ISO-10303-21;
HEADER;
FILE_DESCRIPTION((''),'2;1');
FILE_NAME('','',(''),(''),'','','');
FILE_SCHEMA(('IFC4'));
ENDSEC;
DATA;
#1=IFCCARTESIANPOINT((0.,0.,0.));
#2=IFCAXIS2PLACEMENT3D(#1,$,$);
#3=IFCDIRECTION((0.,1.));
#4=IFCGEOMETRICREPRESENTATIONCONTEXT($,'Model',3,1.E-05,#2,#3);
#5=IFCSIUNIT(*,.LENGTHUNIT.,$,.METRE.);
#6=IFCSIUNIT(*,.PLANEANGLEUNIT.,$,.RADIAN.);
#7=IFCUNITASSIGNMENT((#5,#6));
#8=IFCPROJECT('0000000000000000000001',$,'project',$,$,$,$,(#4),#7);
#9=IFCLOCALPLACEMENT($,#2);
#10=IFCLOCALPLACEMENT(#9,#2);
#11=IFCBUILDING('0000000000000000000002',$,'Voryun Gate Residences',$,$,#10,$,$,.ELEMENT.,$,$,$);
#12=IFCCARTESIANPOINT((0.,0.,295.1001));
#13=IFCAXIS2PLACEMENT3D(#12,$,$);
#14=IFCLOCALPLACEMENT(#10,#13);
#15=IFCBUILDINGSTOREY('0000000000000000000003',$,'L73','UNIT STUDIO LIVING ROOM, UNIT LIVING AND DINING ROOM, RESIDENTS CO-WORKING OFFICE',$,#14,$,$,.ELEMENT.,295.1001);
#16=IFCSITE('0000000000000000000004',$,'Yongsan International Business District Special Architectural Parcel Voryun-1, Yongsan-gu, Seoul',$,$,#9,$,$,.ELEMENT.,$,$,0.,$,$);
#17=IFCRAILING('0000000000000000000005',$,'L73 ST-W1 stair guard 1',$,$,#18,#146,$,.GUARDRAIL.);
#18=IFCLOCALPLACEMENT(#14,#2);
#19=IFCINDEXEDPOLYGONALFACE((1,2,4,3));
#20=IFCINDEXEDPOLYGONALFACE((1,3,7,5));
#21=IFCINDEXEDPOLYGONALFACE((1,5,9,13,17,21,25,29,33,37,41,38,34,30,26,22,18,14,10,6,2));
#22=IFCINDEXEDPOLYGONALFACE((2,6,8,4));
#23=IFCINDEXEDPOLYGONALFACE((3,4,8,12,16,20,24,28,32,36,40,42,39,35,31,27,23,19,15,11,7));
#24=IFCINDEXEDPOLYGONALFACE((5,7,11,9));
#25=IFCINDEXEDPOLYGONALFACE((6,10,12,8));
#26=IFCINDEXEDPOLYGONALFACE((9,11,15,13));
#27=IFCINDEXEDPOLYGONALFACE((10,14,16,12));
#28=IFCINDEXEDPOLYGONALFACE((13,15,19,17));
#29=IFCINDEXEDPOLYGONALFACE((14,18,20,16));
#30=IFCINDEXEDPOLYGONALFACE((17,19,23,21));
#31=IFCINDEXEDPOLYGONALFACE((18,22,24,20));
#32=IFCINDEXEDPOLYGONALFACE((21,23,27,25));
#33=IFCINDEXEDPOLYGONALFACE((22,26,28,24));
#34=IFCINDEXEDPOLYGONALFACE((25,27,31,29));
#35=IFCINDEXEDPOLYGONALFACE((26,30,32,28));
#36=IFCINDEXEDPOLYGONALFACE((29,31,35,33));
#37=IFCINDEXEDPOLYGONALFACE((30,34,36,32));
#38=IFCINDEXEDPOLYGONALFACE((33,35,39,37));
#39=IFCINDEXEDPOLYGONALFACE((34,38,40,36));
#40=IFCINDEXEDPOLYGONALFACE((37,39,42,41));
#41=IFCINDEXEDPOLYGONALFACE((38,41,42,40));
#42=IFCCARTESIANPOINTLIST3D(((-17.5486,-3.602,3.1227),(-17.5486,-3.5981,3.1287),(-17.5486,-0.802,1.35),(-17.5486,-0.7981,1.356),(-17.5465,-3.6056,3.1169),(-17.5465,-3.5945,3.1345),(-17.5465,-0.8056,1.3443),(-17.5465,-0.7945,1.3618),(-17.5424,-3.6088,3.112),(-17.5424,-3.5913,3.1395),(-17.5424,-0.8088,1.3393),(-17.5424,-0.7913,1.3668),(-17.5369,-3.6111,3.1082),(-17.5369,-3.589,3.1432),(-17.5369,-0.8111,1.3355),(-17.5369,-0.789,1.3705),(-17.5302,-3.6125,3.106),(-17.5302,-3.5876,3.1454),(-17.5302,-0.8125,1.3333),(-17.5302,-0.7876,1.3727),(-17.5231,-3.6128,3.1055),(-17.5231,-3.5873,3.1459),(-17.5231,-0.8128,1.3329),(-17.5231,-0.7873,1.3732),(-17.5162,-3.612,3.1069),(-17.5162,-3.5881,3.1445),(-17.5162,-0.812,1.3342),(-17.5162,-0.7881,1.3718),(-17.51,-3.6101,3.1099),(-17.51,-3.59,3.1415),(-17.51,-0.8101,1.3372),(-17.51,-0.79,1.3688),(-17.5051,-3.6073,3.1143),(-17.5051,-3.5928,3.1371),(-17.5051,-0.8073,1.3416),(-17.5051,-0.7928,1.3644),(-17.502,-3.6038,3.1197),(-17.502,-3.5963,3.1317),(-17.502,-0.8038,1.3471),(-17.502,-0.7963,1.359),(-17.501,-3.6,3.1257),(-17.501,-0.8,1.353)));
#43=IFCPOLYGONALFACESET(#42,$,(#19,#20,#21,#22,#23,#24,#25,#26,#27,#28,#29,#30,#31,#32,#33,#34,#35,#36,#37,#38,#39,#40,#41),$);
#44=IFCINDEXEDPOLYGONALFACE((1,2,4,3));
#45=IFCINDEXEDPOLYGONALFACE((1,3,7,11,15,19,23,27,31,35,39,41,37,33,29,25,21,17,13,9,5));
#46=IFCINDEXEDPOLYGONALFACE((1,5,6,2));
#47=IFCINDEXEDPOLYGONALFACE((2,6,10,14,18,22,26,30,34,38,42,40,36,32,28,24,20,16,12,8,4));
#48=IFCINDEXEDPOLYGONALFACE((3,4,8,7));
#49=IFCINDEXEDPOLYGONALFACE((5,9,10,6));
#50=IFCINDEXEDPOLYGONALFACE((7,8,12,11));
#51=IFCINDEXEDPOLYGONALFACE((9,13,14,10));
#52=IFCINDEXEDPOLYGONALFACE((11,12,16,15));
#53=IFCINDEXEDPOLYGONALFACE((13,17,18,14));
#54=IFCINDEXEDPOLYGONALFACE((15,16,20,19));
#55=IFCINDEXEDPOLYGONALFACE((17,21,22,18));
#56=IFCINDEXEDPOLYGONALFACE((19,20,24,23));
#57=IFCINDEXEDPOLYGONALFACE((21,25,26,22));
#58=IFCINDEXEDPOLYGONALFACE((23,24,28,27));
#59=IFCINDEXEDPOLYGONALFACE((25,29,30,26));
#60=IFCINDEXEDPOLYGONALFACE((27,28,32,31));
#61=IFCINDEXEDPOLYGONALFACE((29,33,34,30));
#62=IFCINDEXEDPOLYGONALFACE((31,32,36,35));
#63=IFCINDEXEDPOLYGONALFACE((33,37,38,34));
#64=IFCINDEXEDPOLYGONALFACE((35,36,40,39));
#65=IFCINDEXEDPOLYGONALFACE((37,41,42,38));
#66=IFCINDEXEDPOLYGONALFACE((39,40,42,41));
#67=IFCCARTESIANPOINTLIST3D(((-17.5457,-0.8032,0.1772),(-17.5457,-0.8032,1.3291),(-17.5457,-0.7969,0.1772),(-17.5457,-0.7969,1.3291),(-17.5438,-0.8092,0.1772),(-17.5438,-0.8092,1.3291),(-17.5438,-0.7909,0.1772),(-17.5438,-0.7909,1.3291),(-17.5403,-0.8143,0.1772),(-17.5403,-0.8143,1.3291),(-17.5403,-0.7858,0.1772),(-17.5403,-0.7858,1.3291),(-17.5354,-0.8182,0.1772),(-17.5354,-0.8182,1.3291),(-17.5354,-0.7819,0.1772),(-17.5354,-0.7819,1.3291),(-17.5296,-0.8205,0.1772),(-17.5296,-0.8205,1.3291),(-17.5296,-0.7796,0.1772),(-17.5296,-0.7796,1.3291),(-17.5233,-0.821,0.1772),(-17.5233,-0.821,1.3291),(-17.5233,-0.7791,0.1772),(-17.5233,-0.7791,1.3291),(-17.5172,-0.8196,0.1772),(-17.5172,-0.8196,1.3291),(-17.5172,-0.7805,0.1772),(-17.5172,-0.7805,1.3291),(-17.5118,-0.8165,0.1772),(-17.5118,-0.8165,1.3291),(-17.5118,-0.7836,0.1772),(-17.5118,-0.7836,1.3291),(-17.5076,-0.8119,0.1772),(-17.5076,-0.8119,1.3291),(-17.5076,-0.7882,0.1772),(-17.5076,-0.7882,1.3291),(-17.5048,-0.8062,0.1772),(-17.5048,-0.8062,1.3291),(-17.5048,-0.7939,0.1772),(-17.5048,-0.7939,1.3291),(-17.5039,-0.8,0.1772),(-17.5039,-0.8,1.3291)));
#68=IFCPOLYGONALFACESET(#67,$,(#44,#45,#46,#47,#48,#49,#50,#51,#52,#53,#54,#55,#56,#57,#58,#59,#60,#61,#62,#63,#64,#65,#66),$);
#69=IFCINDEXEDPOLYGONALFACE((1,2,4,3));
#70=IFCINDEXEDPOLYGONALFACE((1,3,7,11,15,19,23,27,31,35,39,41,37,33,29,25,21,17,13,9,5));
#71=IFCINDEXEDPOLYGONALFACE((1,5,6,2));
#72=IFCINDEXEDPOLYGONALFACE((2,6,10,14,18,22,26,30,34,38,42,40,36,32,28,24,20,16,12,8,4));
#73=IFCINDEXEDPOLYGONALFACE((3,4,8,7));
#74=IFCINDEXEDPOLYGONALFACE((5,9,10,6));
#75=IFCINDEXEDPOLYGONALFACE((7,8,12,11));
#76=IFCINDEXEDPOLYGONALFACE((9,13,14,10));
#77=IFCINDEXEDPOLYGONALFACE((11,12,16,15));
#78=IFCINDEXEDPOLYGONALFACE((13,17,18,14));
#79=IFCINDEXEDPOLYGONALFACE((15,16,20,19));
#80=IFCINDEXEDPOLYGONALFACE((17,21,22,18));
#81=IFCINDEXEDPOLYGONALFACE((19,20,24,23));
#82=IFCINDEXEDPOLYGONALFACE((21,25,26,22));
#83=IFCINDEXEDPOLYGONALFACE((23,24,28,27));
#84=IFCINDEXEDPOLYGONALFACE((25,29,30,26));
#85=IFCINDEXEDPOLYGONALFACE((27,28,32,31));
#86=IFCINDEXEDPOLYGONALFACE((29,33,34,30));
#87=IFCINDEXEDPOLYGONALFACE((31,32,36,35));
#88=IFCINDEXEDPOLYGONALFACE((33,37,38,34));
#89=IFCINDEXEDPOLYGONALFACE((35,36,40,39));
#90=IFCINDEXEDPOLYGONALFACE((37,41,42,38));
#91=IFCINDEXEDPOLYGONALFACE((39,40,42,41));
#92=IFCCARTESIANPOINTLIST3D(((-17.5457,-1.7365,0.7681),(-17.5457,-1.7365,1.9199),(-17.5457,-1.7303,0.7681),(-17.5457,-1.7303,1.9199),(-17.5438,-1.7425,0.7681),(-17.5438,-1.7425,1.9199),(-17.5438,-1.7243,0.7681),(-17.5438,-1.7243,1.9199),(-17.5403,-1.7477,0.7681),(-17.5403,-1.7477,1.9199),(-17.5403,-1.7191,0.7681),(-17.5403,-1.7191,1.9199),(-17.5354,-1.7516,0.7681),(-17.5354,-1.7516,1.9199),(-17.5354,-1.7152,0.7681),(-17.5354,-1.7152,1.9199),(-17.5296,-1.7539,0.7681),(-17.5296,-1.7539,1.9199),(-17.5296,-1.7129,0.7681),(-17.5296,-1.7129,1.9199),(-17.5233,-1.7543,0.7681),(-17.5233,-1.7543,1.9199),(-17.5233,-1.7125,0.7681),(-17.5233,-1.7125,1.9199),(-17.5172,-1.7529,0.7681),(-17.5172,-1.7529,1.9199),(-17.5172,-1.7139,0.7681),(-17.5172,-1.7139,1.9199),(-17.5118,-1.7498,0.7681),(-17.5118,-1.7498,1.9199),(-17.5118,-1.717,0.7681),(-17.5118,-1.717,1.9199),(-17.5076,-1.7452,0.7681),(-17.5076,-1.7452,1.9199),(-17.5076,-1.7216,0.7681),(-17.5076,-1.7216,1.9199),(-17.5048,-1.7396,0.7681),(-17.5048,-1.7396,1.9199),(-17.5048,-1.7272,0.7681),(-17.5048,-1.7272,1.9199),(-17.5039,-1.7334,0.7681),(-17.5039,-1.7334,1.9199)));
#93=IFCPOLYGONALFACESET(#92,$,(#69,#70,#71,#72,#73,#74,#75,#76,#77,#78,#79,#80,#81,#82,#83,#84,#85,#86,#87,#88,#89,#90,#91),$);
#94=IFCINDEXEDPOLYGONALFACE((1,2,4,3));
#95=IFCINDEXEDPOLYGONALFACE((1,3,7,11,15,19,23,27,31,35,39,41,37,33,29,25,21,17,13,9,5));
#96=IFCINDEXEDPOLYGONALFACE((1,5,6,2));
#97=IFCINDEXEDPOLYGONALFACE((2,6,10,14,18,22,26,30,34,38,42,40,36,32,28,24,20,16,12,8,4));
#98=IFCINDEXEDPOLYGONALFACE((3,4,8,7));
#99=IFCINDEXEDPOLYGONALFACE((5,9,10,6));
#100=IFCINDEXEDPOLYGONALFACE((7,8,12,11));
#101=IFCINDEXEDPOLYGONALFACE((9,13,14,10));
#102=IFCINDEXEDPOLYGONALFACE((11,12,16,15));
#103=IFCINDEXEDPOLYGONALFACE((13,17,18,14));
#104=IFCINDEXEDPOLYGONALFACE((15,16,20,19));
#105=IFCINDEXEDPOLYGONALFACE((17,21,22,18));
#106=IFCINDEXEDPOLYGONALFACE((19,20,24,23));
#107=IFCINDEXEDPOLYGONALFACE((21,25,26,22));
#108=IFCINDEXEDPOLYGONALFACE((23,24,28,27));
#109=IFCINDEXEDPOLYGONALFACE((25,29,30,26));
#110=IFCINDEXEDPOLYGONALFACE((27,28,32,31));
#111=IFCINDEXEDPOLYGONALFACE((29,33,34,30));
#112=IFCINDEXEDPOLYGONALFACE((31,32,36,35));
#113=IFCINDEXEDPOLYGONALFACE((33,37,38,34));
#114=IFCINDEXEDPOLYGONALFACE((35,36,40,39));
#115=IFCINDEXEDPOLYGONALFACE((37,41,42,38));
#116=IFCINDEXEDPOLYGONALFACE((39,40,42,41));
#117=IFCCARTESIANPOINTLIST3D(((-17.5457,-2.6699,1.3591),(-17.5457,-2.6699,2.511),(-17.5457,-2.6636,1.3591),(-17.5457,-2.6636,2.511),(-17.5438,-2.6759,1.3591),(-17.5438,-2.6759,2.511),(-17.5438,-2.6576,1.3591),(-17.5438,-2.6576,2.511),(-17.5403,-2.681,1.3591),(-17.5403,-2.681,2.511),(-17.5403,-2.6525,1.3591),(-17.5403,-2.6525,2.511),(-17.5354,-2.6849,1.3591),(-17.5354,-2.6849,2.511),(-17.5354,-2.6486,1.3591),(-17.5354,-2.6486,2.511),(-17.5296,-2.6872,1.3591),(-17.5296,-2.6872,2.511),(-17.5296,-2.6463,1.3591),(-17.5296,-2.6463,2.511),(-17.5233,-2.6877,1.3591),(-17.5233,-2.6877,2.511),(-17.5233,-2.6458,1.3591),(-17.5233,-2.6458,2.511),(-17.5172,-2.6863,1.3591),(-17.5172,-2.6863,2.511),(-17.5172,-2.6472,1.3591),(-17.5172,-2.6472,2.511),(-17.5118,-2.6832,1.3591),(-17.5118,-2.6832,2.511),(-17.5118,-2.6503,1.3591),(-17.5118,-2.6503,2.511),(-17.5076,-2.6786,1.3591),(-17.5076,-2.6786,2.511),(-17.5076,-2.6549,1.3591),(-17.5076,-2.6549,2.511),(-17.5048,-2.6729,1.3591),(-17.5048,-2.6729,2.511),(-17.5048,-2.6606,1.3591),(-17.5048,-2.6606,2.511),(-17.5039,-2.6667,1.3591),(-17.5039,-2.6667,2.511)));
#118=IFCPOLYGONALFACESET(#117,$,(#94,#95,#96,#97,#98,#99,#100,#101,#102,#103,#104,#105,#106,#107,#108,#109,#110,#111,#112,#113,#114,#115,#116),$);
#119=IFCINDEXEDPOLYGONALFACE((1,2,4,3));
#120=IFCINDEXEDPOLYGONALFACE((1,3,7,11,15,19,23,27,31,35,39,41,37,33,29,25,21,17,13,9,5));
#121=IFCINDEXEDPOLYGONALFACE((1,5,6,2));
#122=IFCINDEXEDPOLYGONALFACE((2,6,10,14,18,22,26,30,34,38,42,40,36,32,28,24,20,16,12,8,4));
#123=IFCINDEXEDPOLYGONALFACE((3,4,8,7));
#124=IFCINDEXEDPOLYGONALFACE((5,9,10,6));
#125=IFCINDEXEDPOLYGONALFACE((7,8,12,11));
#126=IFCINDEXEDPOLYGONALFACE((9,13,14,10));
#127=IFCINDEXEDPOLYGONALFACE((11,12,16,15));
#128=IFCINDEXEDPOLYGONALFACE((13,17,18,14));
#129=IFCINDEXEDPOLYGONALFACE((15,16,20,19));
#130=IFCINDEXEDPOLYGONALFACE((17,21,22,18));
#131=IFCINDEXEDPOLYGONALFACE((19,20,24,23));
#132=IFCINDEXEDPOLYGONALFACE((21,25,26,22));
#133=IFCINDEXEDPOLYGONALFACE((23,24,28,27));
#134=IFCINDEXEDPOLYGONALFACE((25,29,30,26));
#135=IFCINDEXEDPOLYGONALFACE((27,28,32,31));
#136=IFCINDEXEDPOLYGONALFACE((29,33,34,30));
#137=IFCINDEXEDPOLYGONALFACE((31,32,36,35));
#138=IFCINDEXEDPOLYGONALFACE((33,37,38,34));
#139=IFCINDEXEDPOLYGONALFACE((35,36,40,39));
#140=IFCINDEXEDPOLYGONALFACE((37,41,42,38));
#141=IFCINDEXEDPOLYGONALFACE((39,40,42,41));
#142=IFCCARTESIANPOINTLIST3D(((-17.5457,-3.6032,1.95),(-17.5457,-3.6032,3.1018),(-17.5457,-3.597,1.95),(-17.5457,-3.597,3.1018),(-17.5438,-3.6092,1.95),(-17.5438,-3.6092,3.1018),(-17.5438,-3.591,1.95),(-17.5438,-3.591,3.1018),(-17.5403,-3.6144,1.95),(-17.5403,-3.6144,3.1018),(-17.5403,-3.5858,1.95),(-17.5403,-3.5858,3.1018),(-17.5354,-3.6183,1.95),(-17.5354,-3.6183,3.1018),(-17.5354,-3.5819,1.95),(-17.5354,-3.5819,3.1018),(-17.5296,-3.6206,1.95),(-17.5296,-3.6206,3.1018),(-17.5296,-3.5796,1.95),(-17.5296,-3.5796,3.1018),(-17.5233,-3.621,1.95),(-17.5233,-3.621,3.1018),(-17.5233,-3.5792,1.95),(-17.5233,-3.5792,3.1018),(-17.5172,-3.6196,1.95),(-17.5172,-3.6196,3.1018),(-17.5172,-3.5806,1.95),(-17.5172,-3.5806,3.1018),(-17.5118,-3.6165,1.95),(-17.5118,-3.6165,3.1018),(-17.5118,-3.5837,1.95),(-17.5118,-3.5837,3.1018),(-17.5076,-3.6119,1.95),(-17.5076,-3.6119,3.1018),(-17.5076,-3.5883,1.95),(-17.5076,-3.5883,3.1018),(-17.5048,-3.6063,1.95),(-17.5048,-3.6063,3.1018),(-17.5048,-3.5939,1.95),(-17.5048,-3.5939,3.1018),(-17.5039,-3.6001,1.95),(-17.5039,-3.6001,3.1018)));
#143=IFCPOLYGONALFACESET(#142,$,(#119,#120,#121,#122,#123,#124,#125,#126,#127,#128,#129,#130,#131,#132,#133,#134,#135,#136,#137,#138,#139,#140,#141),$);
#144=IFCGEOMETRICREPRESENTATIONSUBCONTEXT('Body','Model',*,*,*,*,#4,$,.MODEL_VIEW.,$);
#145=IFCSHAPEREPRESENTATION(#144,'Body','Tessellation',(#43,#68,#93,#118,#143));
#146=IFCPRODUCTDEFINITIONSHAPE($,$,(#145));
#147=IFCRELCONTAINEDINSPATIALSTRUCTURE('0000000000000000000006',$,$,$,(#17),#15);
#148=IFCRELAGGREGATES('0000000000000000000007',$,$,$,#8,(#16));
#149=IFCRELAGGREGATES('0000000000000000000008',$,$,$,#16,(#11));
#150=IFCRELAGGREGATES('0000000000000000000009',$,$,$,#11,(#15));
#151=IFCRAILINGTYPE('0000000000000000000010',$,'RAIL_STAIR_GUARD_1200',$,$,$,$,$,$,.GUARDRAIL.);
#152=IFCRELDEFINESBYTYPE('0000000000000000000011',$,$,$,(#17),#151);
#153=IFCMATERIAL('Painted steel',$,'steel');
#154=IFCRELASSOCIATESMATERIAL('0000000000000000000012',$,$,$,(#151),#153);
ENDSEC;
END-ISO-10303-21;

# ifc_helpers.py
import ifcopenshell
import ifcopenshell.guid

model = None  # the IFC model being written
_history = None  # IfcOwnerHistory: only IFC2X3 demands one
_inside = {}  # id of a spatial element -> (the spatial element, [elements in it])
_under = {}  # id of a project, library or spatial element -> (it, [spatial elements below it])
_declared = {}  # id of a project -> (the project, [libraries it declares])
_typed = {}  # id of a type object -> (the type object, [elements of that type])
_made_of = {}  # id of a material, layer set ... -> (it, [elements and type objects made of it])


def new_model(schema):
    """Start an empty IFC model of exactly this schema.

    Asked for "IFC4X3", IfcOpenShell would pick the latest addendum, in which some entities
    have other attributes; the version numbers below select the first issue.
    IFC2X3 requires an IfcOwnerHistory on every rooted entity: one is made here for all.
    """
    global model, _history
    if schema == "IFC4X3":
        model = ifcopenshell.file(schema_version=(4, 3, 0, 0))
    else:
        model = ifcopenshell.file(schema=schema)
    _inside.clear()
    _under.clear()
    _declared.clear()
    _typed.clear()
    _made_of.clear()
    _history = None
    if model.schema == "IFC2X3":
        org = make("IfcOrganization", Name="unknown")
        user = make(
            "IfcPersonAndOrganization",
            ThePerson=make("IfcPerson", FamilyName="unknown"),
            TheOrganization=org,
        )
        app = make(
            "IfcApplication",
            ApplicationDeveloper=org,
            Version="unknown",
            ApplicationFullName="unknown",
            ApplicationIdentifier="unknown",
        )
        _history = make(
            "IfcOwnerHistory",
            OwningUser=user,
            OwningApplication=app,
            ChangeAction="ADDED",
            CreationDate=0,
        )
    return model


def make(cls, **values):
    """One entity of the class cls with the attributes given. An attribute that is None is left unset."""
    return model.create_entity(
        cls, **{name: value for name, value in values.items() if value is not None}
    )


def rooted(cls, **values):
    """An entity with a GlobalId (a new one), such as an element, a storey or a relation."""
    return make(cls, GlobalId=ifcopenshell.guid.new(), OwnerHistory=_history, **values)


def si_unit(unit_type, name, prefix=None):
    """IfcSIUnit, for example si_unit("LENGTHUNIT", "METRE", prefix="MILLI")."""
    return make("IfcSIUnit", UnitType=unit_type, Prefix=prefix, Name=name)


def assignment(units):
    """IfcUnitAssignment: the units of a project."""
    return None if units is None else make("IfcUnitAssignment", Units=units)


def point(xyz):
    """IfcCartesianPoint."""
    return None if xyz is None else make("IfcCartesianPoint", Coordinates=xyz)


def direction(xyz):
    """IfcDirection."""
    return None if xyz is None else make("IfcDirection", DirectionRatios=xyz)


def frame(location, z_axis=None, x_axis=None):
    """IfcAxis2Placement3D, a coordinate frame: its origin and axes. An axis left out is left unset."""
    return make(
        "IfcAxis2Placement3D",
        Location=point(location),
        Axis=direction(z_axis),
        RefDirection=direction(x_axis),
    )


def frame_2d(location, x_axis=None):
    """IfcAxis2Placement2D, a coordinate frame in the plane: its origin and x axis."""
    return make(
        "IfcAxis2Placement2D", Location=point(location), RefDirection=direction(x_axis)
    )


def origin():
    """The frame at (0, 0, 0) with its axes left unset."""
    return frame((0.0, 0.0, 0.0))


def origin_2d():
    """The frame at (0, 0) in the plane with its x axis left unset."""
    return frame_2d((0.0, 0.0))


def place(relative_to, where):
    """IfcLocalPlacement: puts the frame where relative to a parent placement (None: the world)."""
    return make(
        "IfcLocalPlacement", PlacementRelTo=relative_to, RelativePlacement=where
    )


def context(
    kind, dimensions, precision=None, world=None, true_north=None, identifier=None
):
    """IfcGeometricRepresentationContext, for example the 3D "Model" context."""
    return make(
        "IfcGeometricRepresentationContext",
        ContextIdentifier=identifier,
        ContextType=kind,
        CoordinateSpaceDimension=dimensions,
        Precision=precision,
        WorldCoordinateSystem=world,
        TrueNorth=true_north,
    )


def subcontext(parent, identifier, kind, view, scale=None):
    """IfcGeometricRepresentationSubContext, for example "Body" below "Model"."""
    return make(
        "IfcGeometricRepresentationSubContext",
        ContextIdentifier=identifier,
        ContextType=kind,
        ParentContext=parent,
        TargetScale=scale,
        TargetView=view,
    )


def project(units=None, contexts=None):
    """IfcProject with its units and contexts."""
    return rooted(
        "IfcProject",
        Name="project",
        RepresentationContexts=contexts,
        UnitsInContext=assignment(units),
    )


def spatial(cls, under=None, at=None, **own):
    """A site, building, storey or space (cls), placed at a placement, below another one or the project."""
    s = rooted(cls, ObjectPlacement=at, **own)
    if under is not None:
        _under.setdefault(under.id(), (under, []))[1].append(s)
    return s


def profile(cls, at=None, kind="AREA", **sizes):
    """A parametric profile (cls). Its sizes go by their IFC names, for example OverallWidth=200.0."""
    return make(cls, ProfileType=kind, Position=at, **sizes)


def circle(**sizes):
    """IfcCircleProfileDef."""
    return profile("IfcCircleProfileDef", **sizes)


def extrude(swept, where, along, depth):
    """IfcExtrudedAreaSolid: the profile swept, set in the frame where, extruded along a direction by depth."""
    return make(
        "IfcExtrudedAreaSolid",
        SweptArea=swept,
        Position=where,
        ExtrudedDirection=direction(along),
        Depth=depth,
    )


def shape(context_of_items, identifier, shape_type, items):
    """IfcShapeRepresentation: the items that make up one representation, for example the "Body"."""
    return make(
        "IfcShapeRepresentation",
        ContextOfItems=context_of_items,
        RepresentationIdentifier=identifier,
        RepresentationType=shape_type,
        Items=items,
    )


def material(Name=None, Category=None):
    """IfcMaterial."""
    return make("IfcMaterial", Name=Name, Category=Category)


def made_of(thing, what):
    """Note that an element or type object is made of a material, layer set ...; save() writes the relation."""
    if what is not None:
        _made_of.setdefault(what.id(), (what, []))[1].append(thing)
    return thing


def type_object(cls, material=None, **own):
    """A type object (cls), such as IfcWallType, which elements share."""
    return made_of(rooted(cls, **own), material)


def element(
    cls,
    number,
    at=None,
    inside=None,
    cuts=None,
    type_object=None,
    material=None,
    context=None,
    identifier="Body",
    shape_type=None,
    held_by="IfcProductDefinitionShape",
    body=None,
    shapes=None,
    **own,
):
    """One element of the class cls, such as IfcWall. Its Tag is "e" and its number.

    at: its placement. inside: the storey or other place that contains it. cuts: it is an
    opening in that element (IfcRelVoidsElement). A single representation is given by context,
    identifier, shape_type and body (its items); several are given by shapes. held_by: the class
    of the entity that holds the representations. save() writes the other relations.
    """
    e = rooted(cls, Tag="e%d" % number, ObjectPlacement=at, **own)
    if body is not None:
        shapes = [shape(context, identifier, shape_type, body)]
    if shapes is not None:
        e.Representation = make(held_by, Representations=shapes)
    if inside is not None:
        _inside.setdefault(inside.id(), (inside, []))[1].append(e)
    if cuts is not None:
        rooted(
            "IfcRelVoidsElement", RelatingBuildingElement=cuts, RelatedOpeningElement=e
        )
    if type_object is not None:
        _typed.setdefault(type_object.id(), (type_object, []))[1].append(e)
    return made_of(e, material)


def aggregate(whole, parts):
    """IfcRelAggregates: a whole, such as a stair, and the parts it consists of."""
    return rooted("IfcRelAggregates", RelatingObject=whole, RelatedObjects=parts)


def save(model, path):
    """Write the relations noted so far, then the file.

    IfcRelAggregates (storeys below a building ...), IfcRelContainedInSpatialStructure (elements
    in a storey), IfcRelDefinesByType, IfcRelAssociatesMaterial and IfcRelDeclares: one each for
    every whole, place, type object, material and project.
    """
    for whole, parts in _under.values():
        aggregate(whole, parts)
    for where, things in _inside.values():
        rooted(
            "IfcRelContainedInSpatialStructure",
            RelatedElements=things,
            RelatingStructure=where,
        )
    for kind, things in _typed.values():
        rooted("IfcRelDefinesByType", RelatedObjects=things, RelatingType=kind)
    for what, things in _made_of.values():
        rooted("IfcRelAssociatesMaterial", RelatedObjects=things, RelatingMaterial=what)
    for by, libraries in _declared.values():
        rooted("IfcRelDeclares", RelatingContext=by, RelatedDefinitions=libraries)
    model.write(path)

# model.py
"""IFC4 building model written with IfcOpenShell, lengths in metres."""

from ifc_helpers import new_model, si_unit, direction, frame, origin, origin_2d, place, context, subcontext, project, spatial, circle, extrude, material, type_object, element, save


model = new_model("IFC4")

# Units and contexts
model_context = context("Model", 3, precision=1e-05, world=origin(), true_north=direction((0.0, 1.0)))
body_context = subcontext(model_context, "Body", "Model", "MODEL_VIEW")
ifc_project = project(units=[si_unit("LENGTHUNIT", "METRE"), si_unit("PLANEANGLEUNIT", "RADIAN")], contexts=[model_context])

# Site, building, storey
site_placement = place(None, origin())
site = spatial("IfcSite", under=ifc_project, at=site_placement, Name="Yongsan International Business District Special Architectural Parcel Voryun-1, Yongsan-gu, Seoul", CompositionType="ELEMENT", RefElevation=0.0)
building_placement = place(site_placement, origin())
building = spatial("IfcBuilding", under=site, at=building_placement, Name="Voryun Gate Residences", CompositionType="ELEMENT")
storey_placement = place(building_placement, frame((0.0, 0.0, 295.1001)))
storey = spatial("IfcBuildingStorey", under=building, at=storey_placement, Name="L73", Description="UNIT STUDIO LIVING ROOM, UNIT LIVING AND DINING ROOM, RESIDENTS CO-WORKING OFFICE", CompositionType="ELEMENT", Elevation=295.1001)

# Railing
ifc_material_1 = material(Name="Painted steel", Category="steel")
railing_type_1 = type_object("IfcRailingType", Name="RAIL_STAIR_GUARD_1200", PredefinedType="GUARDRAIL", material=ifc_material_1)
railing_1_placement = place(storey_placement, frame((-17.5249, -0.8, 0.1772)))
element("IfcRailing", 1, at=railing_1_placement, inside=storey, type_object=railing_type_1, Name="L73 ST-W1 stair guard 1", PredefinedType="GUARDRAIL", context=body_context, shape_type="SweptSolid", body=[
    extrude(circle(Radius=0.0239, at=origin_2d()), frame((0.0, 0.0, 1.1758), z_axis=(0.0, -0.844909, 0.53491), x_axis=(1.0, 0.0, 0.0)), (0.0, 0.0, 1.0), 3.314),
    extrude(circle(Radius=0.021, at=origin_2d()), origin(), (0.0, 0.0, 1.0), 1.1519),
    extrude(circle(Radius=0.021, at=origin_2d()), frame((0.0, -0.9333, 0.5908)), (0.0, 0.0, 1.0), 1.1519),
    extrude(circle(Radius=0.021, at=origin_2d()), frame((0.0, -1.8667, 1.1819)), (0.0, 0.0, 1.0), 1.1519),
    extrude(circle(Radius=0.021, at=origin_2d()), frame((0.0, -2.8, 1.7727)), (0.0, 0.0, 1.0), 1.1519),
])

save(model, "model.ifc")
